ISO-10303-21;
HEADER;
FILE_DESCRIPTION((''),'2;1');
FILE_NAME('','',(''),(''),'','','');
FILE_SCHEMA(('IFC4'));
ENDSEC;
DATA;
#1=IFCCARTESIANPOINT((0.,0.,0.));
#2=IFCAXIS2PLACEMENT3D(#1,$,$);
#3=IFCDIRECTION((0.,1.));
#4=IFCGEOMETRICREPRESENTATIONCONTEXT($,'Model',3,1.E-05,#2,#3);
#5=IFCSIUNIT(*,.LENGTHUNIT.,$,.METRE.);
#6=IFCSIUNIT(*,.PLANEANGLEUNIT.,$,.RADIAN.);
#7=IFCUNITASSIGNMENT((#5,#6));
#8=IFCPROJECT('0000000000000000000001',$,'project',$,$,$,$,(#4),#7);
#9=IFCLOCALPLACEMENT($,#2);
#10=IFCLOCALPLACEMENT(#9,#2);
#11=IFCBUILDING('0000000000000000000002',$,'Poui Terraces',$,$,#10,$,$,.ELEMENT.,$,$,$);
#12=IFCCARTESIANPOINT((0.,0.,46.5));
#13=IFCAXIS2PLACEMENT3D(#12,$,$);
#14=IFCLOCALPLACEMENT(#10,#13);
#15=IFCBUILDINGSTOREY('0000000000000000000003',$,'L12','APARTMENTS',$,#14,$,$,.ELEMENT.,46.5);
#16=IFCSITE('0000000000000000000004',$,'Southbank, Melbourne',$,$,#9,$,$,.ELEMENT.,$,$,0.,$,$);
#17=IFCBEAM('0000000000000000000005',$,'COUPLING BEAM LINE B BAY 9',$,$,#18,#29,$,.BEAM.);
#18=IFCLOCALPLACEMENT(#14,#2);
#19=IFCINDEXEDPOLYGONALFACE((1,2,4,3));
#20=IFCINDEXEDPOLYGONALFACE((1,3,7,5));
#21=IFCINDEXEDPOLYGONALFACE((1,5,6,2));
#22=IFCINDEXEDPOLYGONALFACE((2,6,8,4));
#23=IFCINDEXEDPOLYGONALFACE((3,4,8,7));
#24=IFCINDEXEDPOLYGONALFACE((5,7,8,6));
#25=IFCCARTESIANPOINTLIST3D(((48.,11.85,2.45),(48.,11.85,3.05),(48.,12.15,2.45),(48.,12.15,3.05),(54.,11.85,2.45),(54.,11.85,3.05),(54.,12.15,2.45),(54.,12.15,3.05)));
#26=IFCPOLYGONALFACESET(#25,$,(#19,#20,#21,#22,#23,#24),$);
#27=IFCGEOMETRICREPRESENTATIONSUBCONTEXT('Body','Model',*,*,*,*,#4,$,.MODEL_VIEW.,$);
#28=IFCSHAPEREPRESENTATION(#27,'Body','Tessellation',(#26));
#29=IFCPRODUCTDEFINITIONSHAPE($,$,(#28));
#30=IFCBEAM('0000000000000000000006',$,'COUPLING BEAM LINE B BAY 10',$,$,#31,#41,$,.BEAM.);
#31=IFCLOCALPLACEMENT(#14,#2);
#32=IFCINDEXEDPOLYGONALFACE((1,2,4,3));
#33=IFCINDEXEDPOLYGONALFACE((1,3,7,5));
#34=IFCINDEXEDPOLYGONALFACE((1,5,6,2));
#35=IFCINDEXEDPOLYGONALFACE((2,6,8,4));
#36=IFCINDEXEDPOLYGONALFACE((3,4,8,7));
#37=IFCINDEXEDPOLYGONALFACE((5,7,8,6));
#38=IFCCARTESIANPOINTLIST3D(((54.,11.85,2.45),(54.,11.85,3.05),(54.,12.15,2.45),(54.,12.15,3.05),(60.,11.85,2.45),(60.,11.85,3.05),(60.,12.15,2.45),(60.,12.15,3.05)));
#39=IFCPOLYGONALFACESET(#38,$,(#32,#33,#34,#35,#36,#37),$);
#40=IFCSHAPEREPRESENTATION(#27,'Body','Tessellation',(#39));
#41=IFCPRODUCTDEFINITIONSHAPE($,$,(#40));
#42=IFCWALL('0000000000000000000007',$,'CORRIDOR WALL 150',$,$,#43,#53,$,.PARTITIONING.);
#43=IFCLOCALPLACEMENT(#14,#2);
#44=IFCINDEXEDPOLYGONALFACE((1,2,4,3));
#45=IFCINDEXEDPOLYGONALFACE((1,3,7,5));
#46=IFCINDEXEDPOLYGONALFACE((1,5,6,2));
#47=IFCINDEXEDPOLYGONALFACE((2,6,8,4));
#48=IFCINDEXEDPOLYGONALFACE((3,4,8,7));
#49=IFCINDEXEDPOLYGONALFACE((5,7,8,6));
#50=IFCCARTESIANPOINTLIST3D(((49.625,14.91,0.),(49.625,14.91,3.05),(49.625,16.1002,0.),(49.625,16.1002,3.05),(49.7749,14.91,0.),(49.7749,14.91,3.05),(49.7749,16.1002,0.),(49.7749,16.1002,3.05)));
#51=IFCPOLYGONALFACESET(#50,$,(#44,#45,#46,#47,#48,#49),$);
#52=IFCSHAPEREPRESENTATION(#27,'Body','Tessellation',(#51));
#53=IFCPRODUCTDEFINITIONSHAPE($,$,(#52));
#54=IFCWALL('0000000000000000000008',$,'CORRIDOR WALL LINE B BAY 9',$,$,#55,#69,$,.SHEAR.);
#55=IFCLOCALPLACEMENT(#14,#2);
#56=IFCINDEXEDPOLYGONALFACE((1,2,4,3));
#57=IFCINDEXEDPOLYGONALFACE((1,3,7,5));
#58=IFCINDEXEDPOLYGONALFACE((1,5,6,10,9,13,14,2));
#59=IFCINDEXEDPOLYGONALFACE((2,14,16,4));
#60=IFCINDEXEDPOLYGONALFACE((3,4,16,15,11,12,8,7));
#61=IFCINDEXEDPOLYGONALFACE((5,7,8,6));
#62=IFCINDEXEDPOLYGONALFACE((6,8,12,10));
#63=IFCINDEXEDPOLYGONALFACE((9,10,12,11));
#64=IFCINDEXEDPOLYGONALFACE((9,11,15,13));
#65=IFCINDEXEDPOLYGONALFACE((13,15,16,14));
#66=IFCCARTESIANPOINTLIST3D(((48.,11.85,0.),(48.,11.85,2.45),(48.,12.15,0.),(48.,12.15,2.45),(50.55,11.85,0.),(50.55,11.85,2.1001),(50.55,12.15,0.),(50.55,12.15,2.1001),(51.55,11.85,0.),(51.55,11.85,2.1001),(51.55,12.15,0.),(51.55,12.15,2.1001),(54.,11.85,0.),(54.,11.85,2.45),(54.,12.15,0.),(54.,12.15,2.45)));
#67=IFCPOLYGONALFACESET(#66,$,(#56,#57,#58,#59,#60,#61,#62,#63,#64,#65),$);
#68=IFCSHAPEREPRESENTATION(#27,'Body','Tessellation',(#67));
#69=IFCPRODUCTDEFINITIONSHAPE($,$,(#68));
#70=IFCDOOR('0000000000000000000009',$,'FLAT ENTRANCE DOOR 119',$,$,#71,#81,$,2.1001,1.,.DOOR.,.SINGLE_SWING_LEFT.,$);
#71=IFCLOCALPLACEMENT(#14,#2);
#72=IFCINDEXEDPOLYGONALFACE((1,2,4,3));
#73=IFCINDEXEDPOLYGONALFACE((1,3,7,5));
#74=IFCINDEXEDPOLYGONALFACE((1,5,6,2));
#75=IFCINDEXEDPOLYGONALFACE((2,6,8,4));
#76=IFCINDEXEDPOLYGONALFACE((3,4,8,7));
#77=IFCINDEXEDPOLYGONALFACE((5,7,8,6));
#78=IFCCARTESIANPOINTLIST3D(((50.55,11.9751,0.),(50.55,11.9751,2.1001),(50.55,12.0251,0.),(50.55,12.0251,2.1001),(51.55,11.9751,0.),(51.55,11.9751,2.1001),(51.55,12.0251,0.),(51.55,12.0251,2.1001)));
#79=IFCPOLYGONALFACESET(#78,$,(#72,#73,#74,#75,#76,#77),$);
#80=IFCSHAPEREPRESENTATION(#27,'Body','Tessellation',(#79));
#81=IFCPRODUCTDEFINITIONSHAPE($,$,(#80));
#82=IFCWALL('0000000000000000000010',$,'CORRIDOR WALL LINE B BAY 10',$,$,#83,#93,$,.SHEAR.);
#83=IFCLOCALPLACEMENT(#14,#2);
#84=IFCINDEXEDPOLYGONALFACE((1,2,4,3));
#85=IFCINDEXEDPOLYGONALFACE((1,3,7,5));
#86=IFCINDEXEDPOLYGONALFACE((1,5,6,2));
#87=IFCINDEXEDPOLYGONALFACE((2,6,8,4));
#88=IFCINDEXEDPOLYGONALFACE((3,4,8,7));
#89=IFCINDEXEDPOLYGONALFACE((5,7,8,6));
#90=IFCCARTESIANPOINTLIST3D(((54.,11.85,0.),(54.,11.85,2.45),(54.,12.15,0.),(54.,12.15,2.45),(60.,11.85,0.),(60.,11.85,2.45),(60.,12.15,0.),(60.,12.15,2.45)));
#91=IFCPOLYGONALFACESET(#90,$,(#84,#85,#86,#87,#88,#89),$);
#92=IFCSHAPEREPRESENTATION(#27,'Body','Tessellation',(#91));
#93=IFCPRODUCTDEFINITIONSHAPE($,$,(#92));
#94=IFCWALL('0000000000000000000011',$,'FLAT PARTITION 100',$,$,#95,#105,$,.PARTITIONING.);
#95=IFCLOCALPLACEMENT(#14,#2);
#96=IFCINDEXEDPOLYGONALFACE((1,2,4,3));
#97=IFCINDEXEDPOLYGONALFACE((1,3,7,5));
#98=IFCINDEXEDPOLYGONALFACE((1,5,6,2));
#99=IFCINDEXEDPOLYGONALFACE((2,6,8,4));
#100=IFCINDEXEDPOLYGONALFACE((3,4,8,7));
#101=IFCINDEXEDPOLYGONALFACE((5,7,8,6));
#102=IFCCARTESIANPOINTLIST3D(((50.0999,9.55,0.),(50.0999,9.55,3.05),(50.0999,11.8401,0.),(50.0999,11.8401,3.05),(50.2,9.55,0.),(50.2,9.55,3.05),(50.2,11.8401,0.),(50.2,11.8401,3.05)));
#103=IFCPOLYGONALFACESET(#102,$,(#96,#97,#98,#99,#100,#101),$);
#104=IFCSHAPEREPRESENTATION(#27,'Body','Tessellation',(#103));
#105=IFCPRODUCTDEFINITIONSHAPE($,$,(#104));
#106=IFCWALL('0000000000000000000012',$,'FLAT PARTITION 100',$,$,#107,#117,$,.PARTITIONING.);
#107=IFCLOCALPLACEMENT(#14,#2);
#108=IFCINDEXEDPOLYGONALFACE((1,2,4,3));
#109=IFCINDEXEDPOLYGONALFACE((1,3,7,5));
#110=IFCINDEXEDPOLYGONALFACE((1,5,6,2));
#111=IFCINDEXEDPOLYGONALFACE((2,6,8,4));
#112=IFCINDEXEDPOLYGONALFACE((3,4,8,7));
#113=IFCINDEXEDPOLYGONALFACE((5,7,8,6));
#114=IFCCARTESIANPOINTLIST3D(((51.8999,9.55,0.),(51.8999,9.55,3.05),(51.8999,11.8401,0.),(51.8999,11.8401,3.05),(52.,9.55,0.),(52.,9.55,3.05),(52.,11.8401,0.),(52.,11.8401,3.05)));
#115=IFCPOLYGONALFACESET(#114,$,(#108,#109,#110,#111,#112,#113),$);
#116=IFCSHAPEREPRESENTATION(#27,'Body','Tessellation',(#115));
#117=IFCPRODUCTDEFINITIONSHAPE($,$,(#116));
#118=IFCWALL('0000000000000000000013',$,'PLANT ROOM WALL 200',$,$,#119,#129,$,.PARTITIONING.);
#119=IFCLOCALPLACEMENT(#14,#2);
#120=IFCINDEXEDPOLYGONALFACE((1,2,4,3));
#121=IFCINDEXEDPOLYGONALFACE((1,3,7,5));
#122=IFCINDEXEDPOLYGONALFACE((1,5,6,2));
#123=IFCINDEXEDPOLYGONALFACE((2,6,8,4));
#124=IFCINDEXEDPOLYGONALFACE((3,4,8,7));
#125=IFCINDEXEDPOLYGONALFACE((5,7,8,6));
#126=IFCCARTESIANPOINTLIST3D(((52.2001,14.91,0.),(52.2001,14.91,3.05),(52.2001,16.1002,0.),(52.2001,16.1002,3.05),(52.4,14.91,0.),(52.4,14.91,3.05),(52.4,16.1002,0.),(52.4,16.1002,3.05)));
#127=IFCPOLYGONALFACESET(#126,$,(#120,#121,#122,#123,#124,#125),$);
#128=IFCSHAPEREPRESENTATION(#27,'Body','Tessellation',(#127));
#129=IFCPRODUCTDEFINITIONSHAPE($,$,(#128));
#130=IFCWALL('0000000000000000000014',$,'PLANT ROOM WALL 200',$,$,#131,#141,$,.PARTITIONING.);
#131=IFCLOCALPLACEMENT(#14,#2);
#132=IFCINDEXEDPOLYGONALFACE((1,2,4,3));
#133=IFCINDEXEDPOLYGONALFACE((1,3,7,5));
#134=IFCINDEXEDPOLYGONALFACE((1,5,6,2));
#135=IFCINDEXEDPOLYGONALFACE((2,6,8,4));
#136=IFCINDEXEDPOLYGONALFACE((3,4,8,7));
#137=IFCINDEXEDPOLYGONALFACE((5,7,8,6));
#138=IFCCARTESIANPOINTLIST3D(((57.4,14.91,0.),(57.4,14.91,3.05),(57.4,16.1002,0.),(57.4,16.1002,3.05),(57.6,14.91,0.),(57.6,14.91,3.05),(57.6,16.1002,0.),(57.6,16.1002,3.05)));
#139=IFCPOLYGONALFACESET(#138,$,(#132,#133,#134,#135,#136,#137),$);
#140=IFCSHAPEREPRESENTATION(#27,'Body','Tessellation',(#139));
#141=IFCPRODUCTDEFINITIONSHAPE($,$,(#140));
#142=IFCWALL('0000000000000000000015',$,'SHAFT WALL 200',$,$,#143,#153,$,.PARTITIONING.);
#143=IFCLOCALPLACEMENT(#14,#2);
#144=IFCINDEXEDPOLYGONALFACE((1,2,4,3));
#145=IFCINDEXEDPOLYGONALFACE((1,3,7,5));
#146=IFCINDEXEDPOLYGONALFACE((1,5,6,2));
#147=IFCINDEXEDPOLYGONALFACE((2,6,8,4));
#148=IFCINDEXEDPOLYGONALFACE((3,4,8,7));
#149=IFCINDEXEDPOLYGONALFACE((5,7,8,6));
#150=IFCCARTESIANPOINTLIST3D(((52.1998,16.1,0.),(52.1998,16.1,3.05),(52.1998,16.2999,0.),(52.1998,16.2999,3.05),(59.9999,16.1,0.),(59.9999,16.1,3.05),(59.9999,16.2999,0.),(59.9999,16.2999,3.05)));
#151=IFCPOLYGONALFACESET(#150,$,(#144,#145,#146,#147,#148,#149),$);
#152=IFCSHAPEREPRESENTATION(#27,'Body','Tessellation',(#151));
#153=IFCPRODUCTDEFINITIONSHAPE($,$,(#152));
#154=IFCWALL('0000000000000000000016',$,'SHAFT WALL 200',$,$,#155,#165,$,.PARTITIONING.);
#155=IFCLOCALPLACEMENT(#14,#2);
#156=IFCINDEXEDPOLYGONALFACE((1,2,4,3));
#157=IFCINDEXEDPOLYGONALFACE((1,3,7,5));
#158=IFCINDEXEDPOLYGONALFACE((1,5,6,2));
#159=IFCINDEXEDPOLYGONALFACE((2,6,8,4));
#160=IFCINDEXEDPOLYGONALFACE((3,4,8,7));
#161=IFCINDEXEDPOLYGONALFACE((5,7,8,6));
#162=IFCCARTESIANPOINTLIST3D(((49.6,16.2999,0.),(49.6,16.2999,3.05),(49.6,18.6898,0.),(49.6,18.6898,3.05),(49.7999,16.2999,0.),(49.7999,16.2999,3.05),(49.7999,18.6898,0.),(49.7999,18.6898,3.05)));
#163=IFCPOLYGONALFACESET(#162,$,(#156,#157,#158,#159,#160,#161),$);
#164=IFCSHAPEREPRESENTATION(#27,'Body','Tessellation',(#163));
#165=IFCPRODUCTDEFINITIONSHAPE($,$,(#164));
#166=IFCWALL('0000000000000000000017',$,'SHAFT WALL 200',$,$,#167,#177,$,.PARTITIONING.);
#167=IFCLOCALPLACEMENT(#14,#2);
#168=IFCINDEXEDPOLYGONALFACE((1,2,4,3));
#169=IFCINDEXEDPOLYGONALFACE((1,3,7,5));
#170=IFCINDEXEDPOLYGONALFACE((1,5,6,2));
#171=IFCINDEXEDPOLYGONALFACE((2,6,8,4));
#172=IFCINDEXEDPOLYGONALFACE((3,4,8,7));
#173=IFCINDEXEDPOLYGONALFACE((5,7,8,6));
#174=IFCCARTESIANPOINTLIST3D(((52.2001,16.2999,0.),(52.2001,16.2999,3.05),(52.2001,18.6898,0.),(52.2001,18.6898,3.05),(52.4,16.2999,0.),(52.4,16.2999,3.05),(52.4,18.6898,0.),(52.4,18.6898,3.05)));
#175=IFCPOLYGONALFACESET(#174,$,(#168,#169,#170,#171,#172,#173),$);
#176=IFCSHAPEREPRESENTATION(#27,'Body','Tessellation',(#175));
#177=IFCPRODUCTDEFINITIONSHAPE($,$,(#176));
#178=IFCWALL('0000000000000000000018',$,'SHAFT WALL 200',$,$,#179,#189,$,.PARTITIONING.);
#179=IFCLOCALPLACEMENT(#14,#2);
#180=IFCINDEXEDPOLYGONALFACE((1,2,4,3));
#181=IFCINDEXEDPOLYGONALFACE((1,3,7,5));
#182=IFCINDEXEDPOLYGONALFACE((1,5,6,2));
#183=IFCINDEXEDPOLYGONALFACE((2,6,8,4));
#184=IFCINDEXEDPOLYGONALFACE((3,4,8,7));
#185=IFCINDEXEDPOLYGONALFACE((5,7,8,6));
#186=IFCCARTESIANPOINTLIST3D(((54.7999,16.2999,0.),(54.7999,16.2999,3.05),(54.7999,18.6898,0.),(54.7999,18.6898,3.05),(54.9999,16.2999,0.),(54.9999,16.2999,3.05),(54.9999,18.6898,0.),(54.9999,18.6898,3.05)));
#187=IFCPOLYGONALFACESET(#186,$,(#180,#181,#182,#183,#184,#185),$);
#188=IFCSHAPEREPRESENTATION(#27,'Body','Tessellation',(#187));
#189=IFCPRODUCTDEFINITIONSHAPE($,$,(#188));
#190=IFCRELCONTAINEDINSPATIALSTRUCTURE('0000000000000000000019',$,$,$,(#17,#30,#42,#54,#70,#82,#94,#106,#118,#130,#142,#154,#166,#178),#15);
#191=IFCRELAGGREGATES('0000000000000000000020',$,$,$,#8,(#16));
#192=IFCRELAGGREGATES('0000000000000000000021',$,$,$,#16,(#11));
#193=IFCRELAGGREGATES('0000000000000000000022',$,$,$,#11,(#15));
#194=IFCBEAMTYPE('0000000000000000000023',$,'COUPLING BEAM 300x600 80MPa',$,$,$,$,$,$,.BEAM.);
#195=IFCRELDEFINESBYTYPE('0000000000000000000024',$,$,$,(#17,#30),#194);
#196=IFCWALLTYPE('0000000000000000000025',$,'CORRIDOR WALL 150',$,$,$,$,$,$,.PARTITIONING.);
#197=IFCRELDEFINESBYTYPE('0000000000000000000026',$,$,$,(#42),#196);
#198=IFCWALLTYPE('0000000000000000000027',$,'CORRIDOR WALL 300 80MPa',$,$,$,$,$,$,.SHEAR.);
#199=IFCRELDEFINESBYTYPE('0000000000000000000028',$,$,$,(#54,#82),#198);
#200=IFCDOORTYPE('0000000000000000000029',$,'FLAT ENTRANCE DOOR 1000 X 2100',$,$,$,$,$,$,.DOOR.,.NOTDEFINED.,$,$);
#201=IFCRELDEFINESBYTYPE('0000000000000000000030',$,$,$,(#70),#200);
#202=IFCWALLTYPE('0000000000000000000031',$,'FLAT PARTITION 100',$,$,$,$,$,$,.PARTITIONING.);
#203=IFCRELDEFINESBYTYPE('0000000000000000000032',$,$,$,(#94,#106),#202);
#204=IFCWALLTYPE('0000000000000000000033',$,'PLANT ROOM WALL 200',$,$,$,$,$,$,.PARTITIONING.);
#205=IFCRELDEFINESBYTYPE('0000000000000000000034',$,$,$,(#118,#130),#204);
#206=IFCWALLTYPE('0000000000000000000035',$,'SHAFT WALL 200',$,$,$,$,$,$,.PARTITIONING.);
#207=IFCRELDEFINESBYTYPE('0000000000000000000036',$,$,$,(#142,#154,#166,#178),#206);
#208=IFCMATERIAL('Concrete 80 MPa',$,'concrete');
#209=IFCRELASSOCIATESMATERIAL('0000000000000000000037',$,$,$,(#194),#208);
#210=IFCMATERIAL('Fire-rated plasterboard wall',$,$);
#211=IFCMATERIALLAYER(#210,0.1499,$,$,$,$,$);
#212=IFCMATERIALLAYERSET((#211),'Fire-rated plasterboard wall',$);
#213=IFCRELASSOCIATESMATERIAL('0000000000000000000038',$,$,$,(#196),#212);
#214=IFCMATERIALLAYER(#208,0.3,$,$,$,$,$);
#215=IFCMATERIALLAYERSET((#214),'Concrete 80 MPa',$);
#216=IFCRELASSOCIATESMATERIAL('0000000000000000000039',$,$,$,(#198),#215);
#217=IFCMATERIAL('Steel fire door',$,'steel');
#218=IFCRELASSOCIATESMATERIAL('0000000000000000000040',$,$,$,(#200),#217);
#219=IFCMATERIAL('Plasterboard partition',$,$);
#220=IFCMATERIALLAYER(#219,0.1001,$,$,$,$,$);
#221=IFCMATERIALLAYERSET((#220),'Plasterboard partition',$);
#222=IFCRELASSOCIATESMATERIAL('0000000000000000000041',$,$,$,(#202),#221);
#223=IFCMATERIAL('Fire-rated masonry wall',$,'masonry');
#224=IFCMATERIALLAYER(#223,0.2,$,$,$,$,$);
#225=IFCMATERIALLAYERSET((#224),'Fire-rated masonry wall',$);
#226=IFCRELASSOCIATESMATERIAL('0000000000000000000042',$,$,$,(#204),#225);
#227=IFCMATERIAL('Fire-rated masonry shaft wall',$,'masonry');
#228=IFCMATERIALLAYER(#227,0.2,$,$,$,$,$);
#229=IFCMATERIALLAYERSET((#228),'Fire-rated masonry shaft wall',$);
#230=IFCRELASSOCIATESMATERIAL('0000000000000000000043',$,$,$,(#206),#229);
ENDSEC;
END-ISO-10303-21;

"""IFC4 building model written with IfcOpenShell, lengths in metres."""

from ifc_helpers import new_model, si_unit, direction, frame, frame_2d, origin, origin_2d, place, context, subcontext, project, spatial, rectangle, extrude, source, transform, mapped, material, layer, layer_set, material_profile, profile_set, type_object, element, fill, save


model = new_model("IFC4")

# Units and contexts
model_context = context("Model", 3, precision=1e-05, world=origin(), true_north=direction((0.0, 1.0)))
body_context = subcontext(model_context, "Body", "Model", "MODEL_VIEW")
ifc_project = project(units=[si_unit("LENGTHUNIT", "METRE"), si_unit("PLANEANGLEUNIT", "RADIAN")], contexts=[model_context])

# Site, building, storey
site_placement = place(None, origin())
site = spatial("IfcSite", under=ifc_project, at=site_placement, Name="Southbank, Melbourne", CompositionType="ELEMENT", RefElevation=0.0)
building_placement = place(site_placement, origin())
building = spatial("IfcBuilding", under=site, at=building_placement, Name="Poui Terraces", CompositionType="ELEMENT")
storey_placement = place(building_placement, frame((0.0, 0.0, 46.5)))
storey = spatial("IfcBuildingStorey", under=building, at=storey_placement, Name="L12", Description="APARTMENTS", CompositionType="ELEMENT", Elevation=46.5)

# Beams
ifc_material_1 = material(Name="Concrete 80 MPa", Category="concrete")
ifc_material_profile = material_profile(ifc_material_1, rectangle(XDim=0.3, YDim=0.6001, at=origin_2d()), Name="RC 300x600")
ifc_profile_set = profile_set([ifc_material_profile], Name="Concrete 80 MPa")
beam_type = type_object("IfcBeamType", Name="COUPLING BEAM 300x600 80MPa", PredefinedType="BEAM", material=ifc_profile_set)
shared_shape = source(origin(), body_context, "Body", "SweptSolid", [
    extrude(rectangle(XDim=0.3, YDim=0.6001, at=origin_2d()), origin(), (0.0, 0.0, 1.0), 6.0),
])
for number, where, z_axis, x_axis, name in (
    (1, (48.0, 12.0, 2.75), (1.0, 0.0, 0.0), (0.0, 1.0, 0.0), "COUPLING BEAM LINE B BAY 9"),
    (2, (54.0, 12.0, 2.75), (1.0, 0.0, 0.0), (0.0, 1.0, 0.0), "COUPLING BEAM LINE B BAY 10"),
):
    element("IfcBeam", number, at=place(storey_placement, frame(where, z_axis=z_axis, x_axis=x_axis)), inside=storey, type_object=beam_type, Name=name, PredefinedType="BEAM", context=body_context, shape_type="MappedRepresentation", body=[
        mapped(shared_shape, transform((0.0, 0.0, 0.0))),
    ])

# Wall
ifc_material_2 = material(Name="Fire-rated plasterboard wall")
ifc_layer_1 = layer(ifc_material_2, 0.1499)
ifc_layer_set_1 = layer_set([ifc_layer_1], Name="Fire-rated plasterboard wall")
wall_type_1 = type_object("IfcWallType", Name="CORRIDOR WALL 150", PredefinedType="PARTITIONING", material=ifc_layer_set_1)
wall_1_placement = place(storey_placement, frame((49.7, 14.9099, 0.0), z_axis=(0.0, 0.0, 1.0), x_axis=(0.0, 1.0, 0.0)))
element("IfcWall", 3, at=wall_1_placement, inside=storey, type_object=wall_type_1, Name="CORRIDOR WALL 150", PredefinedType="PARTITIONING", context=body_context, shape_type="SweptSolid", body=[
    extrude(rectangle(XDim=1.1902, YDim=0.1499, at=frame_2d((0.5952, 0.0))), origin(), (0.0, 0.0, 1.0), 3.05),
])

# Wall, opening, door
ifc_layer_2 = layer(ifc_material_1, 0.3)
ifc_layer_set_2 = layer_set([ifc_layer_2], Name="Concrete 80 MPa")
wall_type_2 = type_object("IfcWallType", Name="CORRIDOR WALL 300 80MPa", PredefinedType="SHEAR", material=ifc_layer_set_2)
wall_2_placement = place(storey_placement, frame((48.0, 12.0, 0.0), z_axis=(0.0, 0.0, 1.0), x_axis=(1.0, 0.0, 0.0)))
wall_2 = element("IfcWall", 4, at=wall_2_placement, inside=storey, type_object=wall_type_2, Name="CORRIDOR WALL LINE B BAY 9", PredefinedType="SHEAR", context=body_context, shape_type="SweptSolid", body=[
    extrude(rectangle(XDim=6.0, YDim=0.3, at=frame_2d((3.0, 0.0))), origin(), (0.0, 0.0, 1.0), 2.45),
])
opening_placement = place(wall_2_placement, frame((2.55, 0.0, 0.0)))
opening = element("IfcOpeningElement", 5, at=opening_placement, cuts=wall_2, PredefinedType="OPENING", context=body_context, shape_type="SweptSolid", body=[
    extrude(rectangle(XDim=1.0, YDim=2.1001, at=frame_2d((0.5, 1.05))), frame((0.0, 0.1602, 0.0), z_axis=(0.0, -1.0, 0.0), x_axis=(1.0, 0.0, 0.0)), (0.0, 0.0, 1.0), 0.3201),
])
ifc_material_3 = material(Name="Steel fire door", Category="steel")
door_type = type_object("IfcDoorType", Name="FLAT ENTRANCE DOOR 1000 X 2100", OperationType="NOTDEFINED", PredefinedType="DOOR", material=ifc_material_3)
door_placement = place(opening_placement, frame((1.0, 0.0, 0.0), z_axis=(0.0, 0.0, 1.0), x_axis=(-1.0, 0.0, 0.0)))
door = element("IfcDoor", 6, at=door_placement, inside=storey, type_object=door_type, Name="FLAT ENTRANCE DOOR 119", OperationType="SINGLE_SWING_LEFT", OverallHeight=2.1001, OverallWidth=1.0, PredefinedType="DOOR", context=body_context, shape_type="SweptSolid", body=[
    extrude(rectangle(XDim=1.0, YDim=2.1001, at=frame_2d((0.5, 1.05))), frame((0.0, 0.0249, 0.0), z_axis=(0.0, -1.0, 0.0), x_axis=(1.0, 0.0, 0.0)), (0.0, 0.0, 1.0), 0.05),
])
fill(opening, door)

# Walls
wall_3_placement = place(storey_placement, frame((54.0, 12.0, 0.0), z_axis=(0.0, 0.0, 1.0), x_axis=(1.0, 0.0, 0.0)))
element("IfcWall", 7, at=wall_3_placement, inside=storey, type_object=wall_type_2, Name="CORRIDOR WALL LINE B BAY 10", PredefinedType="SHEAR", context=body_context, shape_type="SweptSolid", body=[
    extrude(rectangle(XDim=6.0, YDim=0.3, at=frame_2d((3.0, 0.0))), origin(), (0.0, 0.0, 1.0), 2.45),
])
ifc_material_4 = material(Name="Plasterboard partition")
ifc_layer_3 = layer(ifc_material_4, 0.1001)
ifc_layer_set_3 = layer_set([ifc_layer_3], Name="Plasterboard partition")
wall_type_3 = type_object("IfcWallType", Name="FLAT PARTITION 100", PredefinedType="PARTITIONING", material=ifc_layer_set_3)
for number, where, z_axis, x_axis, name in (
    (8, (50.1499, 9.55, 0.0), (0.0, 0.0, 1.0), (0.0, 1.0, 0.0), "FLAT PARTITION 100"),
    (9, (51.95, 9.55, 0.0), (0.0, 0.0, 1.0), (0.0, 1.0, 0.0), "FLAT PARTITION 100"),
):
    element("IfcWall", number, at=place(storey_placement, frame(where, z_axis=z_axis, x_axis=x_axis)), inside=storey, type_object=wall_type_3, Name=name, PredefinedType="PARTITIONING", context=body_context, shape_type="SweptSolid", body=[
        extrude(rectangle(XDim=2.29, YDim=0.1001, at=frame_2d((1.145, 0.0))), origin(), (0.0, 0.0, 1.0), 3.05),
    ])
ifc_material_5 = material(Name="Fire-rated masonry wall", Category="masonry")
ifc_layer_4 = layer(ifc_material_5, 0.2)
ifc_layer_set_4 = layer_set([ifc_layer_4], Name="Fire-rated masonry wall")
wall_type_4 = type_object("IfcWallType", Name="PLANT ROOM WALL 200", PredefinedType="PARTITIONING", material=ifc_layer_set_4)
for number, where, z_axis, x_axis, name in (
    (10, (52.3, 14.9099, 0.0), (0.0, 0.0, 1.0), (0.0, 1.0, 0.0), "PLANT ROOM WALL 200"),
    (11, (57.5, 14.9099, 0.0), (0.0, 0.0, 1.0), (0.0, 1.0, 0.0), "PLANT ROOM WALL 200"),
):
    element("IfcWall", number, at=place(storey_placement, frame(where, z_axis=z_axis, x_axis=x_axis)), inside=storey, type_object=wall_type_4, Name=name, PredefinedType="PARTITIONING", context=body_context, shape_type="SweptSolid", body=[
        extrude(rectangle(XDim=1.1902, YDim=0.2, at=frame_2d((0.5952, 0.0))), origin(), (0.0, 0.0, 1.0), 3.05),
    ])
ifc_material_6 = material(Name="Fire-rated masonry shaft wall", Category="masonry")
ifc_layer_5 = layer(ifc_material_6, 0.2)
ifc_layer_set_5 = layer_set([ifc_layer_5], Name="Fire-rated masonry shaft wall")
wall_type_5 = type_object("IfcWallType", Name="SHAFT WALL 200", PredefinedType="PARTITIONING", material=ifc_layer_set_5)
wall_4_placement = place(storey_placement, frame((52.2, 16.2, 0.0), z_axis=(0.0, 0.0, 1.0), x_axis=(1.0, 0.0, 0.0)))
element("IfcWall", 12, at=wall_4_placement, inside=storey, type_object=wall_type_5, Name="SHAFT WALL 200", PredefinedType="PARTITIONING", context=body_context, shape_type="SweptSolid", body=[
    extrude(rectangle(XDim=7.8, YDim=0.2, at=frame_2d((3.8999, 0.0))), origin(), (0.0, 0.0, 1.0), 3.05),
])
for number, where, z_axis, x_axis, name in (
    (13, (49.7, 16.3, 0.0), (0.0, 0.0, 1.0), (0.0, 1.0, 0.0), "SHAFT WALL 200"),
    (14, (52.3, 16.3, 0.0), (0.0, 0.0, 1.0), (0.0, 1.0, 0.0), "SHAFT WALL 200"),
    (15, (54.8999, 16.3, 0.0), (0.0, 0.0, 1.0), (0.0, 1.0, 0.0), "SHAFT WALL 200"),
):
    element("IfcWall", number, at=place(storey_placement, frame(where, z_axis=z_axis, x_axis=x_axis)), inside=storey, type_object=wall_type_5, Name=name, PredefinedType="PARTITIONING", context=body_context, shape_type="SweptSolid", body=[
        extrude(rectangle(XDim=2.3899, YDim=0.2, at=frame_2d((1.1948, 0.0))), origin(), (0.0, 0.0, 1.0), 3.05),
    ])

save(model, "model.ifc")
